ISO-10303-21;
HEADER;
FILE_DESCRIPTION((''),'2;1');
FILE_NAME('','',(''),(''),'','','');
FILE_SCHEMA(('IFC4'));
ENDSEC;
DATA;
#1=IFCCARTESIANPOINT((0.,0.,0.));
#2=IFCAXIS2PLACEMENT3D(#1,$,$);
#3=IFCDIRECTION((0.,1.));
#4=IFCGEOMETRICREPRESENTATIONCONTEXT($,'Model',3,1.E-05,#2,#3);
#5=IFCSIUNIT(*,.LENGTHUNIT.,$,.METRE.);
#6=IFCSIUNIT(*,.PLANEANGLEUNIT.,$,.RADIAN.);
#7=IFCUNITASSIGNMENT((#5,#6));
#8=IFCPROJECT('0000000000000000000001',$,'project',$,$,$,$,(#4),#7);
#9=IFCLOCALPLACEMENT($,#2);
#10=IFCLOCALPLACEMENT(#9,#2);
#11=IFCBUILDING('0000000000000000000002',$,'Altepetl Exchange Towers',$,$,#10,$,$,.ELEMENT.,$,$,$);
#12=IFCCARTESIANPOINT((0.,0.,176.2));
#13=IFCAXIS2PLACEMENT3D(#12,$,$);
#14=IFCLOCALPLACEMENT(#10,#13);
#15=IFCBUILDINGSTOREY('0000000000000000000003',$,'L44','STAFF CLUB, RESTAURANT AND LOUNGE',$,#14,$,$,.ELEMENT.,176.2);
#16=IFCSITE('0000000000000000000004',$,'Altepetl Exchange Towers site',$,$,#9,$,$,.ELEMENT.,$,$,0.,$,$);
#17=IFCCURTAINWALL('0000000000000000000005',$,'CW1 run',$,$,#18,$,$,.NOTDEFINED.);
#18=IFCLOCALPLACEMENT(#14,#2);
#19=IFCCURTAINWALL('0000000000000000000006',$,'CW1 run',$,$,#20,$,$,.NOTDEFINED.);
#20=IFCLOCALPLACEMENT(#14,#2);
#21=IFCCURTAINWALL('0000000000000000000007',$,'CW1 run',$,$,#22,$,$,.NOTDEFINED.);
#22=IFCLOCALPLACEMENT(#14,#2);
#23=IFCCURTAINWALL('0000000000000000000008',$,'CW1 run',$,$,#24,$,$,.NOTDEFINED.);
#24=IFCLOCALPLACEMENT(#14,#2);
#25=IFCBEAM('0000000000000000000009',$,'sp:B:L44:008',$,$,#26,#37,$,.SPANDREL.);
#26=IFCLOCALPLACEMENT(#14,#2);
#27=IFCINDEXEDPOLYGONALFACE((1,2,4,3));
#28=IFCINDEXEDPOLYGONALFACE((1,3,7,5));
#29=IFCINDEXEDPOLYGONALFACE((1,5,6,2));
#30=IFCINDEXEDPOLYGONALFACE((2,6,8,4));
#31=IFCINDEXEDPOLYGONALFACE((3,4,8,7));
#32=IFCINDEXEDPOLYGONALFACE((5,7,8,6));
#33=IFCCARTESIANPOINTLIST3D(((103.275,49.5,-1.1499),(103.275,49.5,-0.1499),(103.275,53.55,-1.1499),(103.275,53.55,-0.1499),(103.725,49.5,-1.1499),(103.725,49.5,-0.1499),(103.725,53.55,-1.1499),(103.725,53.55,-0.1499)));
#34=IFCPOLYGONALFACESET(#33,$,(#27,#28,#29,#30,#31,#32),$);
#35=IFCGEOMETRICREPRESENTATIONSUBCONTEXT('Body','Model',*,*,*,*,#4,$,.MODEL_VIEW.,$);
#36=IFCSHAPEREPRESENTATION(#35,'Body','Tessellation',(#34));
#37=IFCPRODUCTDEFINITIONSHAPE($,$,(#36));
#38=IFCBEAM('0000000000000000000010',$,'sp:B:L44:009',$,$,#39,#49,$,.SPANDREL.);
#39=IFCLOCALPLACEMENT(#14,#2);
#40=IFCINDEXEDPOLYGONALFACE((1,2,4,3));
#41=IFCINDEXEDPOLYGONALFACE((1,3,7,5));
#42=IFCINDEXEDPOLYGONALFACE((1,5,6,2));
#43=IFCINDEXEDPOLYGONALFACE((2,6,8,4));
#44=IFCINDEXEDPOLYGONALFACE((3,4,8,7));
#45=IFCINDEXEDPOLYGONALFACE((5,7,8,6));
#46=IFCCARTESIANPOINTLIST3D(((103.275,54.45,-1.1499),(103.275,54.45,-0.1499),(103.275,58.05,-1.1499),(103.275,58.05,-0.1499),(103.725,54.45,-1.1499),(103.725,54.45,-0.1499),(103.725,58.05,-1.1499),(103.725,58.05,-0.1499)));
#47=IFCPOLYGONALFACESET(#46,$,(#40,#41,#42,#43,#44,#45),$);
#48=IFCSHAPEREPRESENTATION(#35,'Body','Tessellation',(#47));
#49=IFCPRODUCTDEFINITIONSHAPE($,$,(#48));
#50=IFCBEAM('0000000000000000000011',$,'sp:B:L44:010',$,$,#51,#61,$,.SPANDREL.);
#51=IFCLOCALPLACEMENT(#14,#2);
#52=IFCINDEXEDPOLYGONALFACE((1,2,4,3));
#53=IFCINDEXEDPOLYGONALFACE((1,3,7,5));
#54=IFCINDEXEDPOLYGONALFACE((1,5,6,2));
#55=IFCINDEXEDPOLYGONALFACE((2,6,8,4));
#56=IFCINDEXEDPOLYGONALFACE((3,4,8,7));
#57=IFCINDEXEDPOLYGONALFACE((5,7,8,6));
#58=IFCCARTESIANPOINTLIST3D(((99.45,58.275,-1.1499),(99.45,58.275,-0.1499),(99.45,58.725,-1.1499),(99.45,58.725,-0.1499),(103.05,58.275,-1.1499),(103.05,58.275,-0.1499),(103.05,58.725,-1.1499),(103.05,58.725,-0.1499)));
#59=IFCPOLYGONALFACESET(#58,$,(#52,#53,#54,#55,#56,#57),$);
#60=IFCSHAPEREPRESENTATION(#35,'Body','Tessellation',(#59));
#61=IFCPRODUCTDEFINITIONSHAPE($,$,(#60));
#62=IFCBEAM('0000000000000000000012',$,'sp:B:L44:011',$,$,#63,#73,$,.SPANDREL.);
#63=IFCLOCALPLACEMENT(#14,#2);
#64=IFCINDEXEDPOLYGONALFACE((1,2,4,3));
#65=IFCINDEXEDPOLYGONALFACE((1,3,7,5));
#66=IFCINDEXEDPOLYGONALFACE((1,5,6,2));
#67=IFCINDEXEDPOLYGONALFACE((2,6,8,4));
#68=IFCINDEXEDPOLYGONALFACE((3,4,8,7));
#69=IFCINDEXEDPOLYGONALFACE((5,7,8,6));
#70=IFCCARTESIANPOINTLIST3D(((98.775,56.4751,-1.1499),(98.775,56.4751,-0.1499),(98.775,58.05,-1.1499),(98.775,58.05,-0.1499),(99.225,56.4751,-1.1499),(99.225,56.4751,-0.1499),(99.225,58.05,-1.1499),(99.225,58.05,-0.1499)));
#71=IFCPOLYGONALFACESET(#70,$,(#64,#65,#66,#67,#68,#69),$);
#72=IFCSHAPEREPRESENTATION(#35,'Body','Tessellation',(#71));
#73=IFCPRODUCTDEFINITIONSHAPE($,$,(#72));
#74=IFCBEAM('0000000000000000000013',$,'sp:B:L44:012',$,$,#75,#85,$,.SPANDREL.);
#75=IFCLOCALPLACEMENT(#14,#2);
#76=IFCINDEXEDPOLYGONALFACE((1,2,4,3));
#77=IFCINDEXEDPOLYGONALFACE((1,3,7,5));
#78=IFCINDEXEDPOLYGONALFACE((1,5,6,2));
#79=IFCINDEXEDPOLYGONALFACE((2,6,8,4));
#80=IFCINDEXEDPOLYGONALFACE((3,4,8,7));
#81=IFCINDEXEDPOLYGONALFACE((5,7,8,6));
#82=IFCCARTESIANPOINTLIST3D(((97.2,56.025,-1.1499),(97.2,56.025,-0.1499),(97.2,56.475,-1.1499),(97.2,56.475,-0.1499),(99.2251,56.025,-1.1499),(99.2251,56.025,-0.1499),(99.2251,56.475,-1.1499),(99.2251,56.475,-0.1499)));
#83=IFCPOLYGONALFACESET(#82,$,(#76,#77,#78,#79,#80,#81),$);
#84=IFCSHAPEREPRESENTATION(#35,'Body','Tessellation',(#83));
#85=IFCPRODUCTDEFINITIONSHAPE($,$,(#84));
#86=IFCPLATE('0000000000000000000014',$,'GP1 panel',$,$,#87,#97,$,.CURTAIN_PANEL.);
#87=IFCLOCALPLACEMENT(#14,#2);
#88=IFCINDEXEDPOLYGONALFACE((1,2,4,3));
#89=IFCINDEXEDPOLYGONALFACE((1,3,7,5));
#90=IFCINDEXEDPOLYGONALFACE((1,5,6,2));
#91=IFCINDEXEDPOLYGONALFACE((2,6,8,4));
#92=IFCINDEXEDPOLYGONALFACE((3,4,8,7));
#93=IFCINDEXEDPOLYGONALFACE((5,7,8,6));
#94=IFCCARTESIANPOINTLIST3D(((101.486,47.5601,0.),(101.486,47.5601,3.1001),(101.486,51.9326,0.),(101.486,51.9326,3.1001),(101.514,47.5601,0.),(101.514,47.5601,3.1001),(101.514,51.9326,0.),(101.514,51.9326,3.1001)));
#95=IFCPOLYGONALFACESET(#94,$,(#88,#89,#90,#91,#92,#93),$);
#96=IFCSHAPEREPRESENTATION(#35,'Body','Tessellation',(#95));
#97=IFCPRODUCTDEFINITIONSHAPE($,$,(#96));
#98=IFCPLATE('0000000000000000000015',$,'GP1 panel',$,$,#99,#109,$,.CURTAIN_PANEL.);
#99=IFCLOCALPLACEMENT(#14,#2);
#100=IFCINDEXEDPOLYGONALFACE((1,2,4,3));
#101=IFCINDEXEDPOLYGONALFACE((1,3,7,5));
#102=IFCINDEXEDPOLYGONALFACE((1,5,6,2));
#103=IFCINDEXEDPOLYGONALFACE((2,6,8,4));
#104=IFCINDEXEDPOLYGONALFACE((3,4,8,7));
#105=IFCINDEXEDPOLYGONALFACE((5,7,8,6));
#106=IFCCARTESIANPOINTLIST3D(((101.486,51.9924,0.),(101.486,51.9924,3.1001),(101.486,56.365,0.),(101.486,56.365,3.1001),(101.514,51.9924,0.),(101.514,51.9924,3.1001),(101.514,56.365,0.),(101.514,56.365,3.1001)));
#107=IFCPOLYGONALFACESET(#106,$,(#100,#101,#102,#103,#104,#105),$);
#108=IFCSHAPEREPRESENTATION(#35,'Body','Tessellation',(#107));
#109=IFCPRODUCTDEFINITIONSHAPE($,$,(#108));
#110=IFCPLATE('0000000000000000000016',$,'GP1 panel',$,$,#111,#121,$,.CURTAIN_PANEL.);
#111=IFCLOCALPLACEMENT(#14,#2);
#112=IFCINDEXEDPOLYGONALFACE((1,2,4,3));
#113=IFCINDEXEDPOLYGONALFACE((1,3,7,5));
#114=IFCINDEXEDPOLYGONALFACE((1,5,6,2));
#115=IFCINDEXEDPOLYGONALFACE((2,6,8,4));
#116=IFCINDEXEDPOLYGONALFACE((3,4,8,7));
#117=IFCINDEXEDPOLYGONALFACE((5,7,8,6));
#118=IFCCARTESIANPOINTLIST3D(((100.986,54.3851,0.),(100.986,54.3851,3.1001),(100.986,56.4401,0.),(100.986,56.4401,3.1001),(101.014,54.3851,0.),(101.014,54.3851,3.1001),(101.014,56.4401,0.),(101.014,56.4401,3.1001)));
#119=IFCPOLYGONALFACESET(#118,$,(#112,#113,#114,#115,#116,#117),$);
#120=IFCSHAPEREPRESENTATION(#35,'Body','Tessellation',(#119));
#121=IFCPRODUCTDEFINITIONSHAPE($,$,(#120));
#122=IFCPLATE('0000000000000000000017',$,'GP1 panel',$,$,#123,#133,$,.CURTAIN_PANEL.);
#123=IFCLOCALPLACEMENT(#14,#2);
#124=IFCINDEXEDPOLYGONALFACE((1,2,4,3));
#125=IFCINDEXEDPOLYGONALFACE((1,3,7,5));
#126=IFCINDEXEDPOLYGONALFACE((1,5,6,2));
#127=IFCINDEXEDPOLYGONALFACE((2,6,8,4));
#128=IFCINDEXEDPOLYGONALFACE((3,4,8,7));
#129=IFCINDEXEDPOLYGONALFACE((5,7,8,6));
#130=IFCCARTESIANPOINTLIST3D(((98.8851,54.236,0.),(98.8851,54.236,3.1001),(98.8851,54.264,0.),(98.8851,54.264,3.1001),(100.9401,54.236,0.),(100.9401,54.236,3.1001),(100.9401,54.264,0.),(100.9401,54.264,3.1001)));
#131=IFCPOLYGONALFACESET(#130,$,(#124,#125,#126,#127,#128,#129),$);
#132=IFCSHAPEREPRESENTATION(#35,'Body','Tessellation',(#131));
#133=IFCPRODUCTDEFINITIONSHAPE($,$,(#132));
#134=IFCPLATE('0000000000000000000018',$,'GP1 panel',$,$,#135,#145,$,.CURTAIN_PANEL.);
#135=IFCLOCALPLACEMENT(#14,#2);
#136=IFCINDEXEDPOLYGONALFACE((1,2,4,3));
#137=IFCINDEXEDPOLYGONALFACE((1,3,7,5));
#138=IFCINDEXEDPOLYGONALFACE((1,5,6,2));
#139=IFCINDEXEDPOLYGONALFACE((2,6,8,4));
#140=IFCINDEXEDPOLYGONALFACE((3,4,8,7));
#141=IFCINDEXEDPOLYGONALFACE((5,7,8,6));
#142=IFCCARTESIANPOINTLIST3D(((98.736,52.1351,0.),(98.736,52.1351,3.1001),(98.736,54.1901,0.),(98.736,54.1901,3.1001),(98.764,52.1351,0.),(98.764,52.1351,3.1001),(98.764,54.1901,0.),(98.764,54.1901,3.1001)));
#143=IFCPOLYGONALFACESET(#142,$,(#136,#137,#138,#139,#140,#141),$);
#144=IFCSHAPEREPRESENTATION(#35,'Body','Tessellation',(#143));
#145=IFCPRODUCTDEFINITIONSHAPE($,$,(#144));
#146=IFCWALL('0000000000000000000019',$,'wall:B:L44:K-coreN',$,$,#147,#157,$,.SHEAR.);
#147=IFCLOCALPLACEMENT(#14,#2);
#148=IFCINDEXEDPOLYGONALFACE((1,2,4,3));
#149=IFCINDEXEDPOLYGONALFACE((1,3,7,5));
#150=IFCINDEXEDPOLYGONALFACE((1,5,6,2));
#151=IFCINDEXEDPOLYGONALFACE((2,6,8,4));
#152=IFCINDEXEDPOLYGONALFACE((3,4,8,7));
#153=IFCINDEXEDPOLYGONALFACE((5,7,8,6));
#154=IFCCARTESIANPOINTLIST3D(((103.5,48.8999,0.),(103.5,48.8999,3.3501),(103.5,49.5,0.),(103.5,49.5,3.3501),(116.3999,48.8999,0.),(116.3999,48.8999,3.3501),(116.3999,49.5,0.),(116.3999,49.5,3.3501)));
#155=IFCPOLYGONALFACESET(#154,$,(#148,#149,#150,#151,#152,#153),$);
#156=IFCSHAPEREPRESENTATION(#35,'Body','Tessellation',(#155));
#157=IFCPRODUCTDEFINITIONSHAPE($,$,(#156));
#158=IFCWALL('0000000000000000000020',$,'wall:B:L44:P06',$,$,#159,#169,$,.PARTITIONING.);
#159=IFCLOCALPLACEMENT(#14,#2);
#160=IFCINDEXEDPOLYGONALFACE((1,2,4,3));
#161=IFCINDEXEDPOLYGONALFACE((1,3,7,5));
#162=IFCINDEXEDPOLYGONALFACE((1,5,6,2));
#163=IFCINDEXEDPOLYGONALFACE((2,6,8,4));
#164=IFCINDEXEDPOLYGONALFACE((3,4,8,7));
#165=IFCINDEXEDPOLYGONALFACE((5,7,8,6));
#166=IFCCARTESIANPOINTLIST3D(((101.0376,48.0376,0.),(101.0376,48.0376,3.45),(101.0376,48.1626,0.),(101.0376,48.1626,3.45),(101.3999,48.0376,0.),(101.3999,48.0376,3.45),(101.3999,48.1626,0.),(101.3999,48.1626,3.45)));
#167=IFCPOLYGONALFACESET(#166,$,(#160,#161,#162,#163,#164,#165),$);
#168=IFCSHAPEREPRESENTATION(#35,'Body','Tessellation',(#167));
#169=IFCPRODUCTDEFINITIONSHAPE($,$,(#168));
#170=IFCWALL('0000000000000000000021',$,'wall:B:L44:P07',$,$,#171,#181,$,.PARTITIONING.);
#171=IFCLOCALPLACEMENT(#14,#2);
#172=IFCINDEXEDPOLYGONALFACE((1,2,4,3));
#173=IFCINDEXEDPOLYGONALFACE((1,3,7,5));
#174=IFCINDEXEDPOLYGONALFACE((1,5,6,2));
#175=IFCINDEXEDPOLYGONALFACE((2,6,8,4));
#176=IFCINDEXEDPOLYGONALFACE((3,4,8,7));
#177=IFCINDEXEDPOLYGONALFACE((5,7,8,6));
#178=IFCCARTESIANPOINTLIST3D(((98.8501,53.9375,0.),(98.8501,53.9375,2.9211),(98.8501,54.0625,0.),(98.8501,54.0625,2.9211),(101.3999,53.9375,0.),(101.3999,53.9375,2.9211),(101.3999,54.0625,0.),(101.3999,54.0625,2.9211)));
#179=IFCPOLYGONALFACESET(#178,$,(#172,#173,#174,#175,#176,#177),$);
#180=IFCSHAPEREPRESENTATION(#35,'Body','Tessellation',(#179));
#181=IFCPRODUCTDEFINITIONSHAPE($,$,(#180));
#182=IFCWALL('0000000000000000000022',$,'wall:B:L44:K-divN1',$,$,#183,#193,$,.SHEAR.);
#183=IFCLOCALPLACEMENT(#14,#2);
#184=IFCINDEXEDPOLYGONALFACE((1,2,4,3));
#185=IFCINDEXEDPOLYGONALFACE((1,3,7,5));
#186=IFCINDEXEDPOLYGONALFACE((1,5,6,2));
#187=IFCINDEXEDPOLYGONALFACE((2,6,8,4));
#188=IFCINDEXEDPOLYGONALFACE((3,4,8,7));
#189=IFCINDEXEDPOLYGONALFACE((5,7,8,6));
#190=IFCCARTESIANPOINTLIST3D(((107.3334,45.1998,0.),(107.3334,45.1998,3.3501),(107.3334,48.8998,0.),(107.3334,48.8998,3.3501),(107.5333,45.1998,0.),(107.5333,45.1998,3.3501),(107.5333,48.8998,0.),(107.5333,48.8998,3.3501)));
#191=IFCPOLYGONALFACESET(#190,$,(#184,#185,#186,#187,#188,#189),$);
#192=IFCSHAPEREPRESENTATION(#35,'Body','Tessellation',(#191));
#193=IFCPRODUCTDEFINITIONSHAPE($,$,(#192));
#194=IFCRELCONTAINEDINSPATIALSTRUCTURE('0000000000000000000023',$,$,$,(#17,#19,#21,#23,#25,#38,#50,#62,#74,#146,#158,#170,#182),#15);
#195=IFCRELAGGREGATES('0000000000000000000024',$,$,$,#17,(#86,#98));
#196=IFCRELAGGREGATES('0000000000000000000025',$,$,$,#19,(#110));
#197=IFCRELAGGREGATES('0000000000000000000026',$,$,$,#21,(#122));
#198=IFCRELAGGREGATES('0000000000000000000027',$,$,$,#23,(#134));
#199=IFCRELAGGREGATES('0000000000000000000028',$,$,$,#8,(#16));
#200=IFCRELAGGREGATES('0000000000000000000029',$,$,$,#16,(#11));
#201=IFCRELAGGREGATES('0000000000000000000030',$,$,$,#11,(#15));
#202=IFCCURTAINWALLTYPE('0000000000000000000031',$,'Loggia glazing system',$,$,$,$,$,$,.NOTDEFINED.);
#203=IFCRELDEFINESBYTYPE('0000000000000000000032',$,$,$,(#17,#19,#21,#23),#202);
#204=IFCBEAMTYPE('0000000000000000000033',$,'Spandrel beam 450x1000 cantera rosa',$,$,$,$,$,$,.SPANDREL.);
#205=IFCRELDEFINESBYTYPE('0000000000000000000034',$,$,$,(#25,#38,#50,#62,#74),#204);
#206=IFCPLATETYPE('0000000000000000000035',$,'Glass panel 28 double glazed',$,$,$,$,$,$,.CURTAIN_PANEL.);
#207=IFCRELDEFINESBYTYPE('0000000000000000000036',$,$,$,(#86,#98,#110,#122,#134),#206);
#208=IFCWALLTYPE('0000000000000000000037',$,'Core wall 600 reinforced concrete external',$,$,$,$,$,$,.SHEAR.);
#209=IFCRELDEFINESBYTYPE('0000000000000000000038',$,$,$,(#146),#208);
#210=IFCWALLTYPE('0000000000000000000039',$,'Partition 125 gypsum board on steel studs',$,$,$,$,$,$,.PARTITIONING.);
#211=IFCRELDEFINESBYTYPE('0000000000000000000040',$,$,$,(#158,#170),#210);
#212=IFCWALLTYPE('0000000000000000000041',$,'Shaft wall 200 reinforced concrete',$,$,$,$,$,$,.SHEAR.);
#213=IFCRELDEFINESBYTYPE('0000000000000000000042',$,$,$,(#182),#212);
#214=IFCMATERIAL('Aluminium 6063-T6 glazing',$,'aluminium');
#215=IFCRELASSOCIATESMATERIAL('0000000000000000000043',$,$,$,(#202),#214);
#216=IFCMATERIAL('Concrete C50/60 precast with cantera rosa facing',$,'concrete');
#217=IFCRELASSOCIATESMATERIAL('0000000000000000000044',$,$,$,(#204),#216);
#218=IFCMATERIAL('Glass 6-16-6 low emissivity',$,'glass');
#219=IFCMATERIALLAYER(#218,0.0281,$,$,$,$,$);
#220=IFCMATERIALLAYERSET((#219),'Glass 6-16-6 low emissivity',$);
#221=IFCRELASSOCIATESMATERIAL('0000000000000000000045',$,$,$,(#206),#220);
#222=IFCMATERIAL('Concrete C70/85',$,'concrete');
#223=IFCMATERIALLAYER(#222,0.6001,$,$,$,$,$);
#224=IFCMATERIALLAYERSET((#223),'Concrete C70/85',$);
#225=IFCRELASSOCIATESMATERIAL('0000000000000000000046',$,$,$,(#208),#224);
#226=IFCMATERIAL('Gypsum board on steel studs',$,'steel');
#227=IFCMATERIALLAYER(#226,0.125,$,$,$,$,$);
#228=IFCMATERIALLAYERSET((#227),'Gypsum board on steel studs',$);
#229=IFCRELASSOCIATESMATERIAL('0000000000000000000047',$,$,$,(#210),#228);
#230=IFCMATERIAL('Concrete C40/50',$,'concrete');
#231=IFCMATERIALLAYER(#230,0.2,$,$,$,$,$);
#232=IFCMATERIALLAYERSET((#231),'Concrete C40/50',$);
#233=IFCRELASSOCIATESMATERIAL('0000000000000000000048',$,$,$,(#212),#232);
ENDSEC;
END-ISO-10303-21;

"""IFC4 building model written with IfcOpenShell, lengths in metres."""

from ifc_helpers import new_model, si_unit, direction, frame, frame_2d, origin, origin_2d, place, context, subcontext, project, spatial, rectangle, extrude, material, layer, layer_set, material_profile, profile_set, type_object, element, aggregate, save


model = new_model("IFC4")

# Units and contexts
model_context = context("Model", 3, precision=1e-05, world=origin(), true_north=direction((0.0, 1.0)))
body_context = subcontext(model_context, "Body", "Model", "MODEL_VIEW")
ifc_project = project(units=[si_unit("LENGTHUNIT", "METRE"), si_unit("PLANEANGLEUNIT", "RADIAN")], contexts=[model_context])

# Site, building, storey
site_placement = place(None, origin())
site = spatial("IfcSite", under=ifc_project, at=site_placement, Name="Altepetl Exchange Towers site", CompositionType="ELEMENT", RefElevation=0.0)
building_placement = place(site_placement, origin())
building = spatial("IfcBuilding", under=site, at=building_placement, Name="Altepetl Exchange Towers", CompositionType="ELEMENT")
storey_placement = place(building_placement, frame((0.0, 0.0, 176.2)))
storey = spatial("IfcBuildingStorey", under=building, at=storey_placement, Name="L44", Description="STAFF CLUB, RESTAURANT AND LOUNGE", CompositionType="ELEMENT", Elevation=176.2)

# Shared definitions
ifc_material_1 = material(Name="Aluminium 6063-T6 glazing", Category="aluminium")
curtain_wall_type = type_object("IfcCurtainWallType", Name="Loggia glazing system", PredefinedType="NOTDEFINED", material=ifc_material_1)

# Curtain walls
curtain_wall_1_placement = place(storey_placement, origin())
curtain_wall_1 = element("IfcCurtainWall", 1, at=curtain_wall_1_placement, inside=storey, type_object=curtain_wall_type, Name="CW1 run", PredefinedType="NOTDEFINED")
curtain_wall_2_placement = place(storey_placement, origin())
curtain_wall_2 = element("IfcCurtainWall", 2, at=curtain_wall_2_placement, inside=storey, type_object=curtain_wall_type, Name="CW1 run", PredefinedType="NOTDEFINED")
curtain_wall_3_placement = place(storey_placement, origin())
curtain_wall_3 = element("IfcCurtainWall", 3, at=curtain_wall_3_placement, inside=storey, type_object=curtain_wall_type, Name="CW1 run", PredefinedType="NOTDEFINED")

# Curtain wall
curtain_wall_4_placement = place(storey_placement, origin())
curtain_wall_4 = element("IfcCurtainWall", 4, at=curtain_wall_4_placement, inside=storey, type_object=curtain_wall_type, Name="CW1 run", PredefinedType="NOTDEFINED")

# Beams
ifc_material_2 = material(Name="Concrete C50/60 precast with cantera rosa facing", Category="concrete")
ifc_material_profile_1 = material_profile(ifc_material_2, rectangle(XDim=0.45, YDim=1.0, at=origin_2d()), Name="450 x 1000")
ifc_profile_set_1 = profile_set([ifc_material_profile_1], Name="Concrete C50/60 precast with cantera rosa facing")
beam_type = type_object("IfcBeamType", Name="Spandrel beam 450x1000 cantera rosa", PredefinedType="SPANDREL", material=ifc_profile_set_1)
beam_1_placement = place(storey_placement, frame((103.5, 49.5, -0.6499), z_axis=(0.0, 1.0, 0.0), x_axis=(-1.0, 0.0, 0.0)))
element("IfcBeam", 5, at=beam_1_placement, inside=storey, type_object=beam_type, Name="sp:B:L44:008", PredefinedType="SPANDREL", context=body_context, shape_type="SweptSolid", body=[
    extrude(rectangle(XDim=0.45, YDim=1.0, at=origin_2d()), origin(), (0.0, 0.0, 1.0), 4.05),
])
for number, where, z_axis, x_axis, name in (
    (6, (103.5, 54.45, -0.6499), (0.0, 1.0, 0.0), (-1.0, 0.0, 0.0), "sp:B:L44:009"),
    (7, (103.05, 58.5, -0.6499), (-1.0, 0.0, 0.0), (0.0, -1.0, 0.0), "sp:B:L44:010"),
):
    element("IfcBeam", number, at=place(storey_placement, frame(where, z_axis=z_axis, x_axis=x_axis)), inside=storey, type_object=beam_type, Name=name, PredefinedType="SPANDREL", context=body_context, shape_type="SweptSolid", body=[
        extrude(rectangle(XDim=0.45, YDim=1.0, at=origin_2d()), origin(), (0.0, 0.0, 1.0), 3.6001),
    ])
beam_2_placement = place(storey_placement, frame((99.0, 58.05, -0.6499), z_axis=(0.0, -1.0, 0.0), x_axis=(1.0, 0.0, 0.0)))
element("IfcBeam", 8, at=beam_2_placement, inside=storey, type_object=beam_type, Name="sp:B:L44:011", PredefinedType="SPANDREL", context=body_context, shape_type="SweptSolid", body=[
    extrude(rectangle(XDim=0.45, YDim=1.0, at=origin_2d()), origin(), (0.0, 0.0, 1.0), 1.575),
])
beam_3_placement = place(storey_placement, frame((99.2251, 56.25, -0.6499), z_axis=(-1.0, 0.0, 0.0), x_axis=(0.0, -1.0, 0.0)))
element("IfcBeam", 9, at=beam_3_placement, inside=storey, type_object=beam_type, Name="sp:B:L44:012", PredefinedType="SPANDREL", context=body_context, shape_type="SweptSolid", body=[
    extrude(rectangle(XDim=0.45, YDim=1.0, at=origin_2d()), origin(), (0.0, 0.0, 1.0), 2.0251),
])

# Plates
ifc_material_3 = material(Name="Glass 6-16-6 low emissivity", Category="glass")
ifc_layer_1 = layer(ifc_material_3, 0.0281)
ifc_layer_set_1 = layer_set([ifc_layer_1], Name="Glass 6-16-6 low emissivity")
plate_type = type_object("IfcPlateType", Name="Glass panel 28 double glazed", PredefinedType="CURTAIN_PANEL", material=ifc_layer_set_1)
plate_1_placement = place(storey_placement, frame((101.5, 49.7463, 0.0), z_axis=(0.0, 0.0, 1.0), x_axis=(0.0, 1.0, 0.0)))
plate_1 = element("IfcPlate", 10, at=plate_1_placement, type_object=plate_type, Name="GP1 panel", PredefinedType="CURTAIN_PANEL", context=body_context, shape_type="SweptSolid", body=[
    extrude(rectangle(XDim=4.3726, YDim=0.0281, at=origin_2d()), origin(), (0.0, 0.0, 1.0), 3.1001),
])
plate_2_placement = place(storey_placement, frame((101.5, 54.1787, 0.0), z_axis=(0.0, 0.0, 1.0), x_axis=(0.0, 1.0, 0.0)))
plate_2 = element("IfcPlate", 11, at=plate_2_placement, type_object=plate_type, Name="GP1 panel", PredefinedType="CURTAIN_PANEL", context=body_context, shape_type="SweptSolid", body=[
    extrude(rectangle(XDim=4.3726, YDim=0.0281, at=origin_2d()), origin(), (0.0, 0.0, 1.0), 3.1001),
])
aggregate(curtain_wall_1, [plate_1, plate_2])
plate_3_placement = place(storey_placement, frame((101.0, 55.4126, 0.0), z_axis=(0.0, 0.0, 1.0), x_axis=(0.0, -1.0, 0.0)))
plate_3 = element("IfcPlate", 12, at=plate_3_placement, type_object=plate_type, Name="GP1 panel", PredefinedType="CURTAIN_PANEL", context=body_context, shape_type="SweptSolid", body=[
    extrude(rectangle(XDim=2.0549, YDim=0.0281, at=origin_2d()), origin(), (0.0, 0.0, 1.0), 3.1001),
])
aggregate(curtain_wall_2, [plate_3])
plate_4_placement = place(storey_placement, frame((99.9126, 54.25, 0.0), z_axis=(0.0, 0.0, 1.0), x_axis=(-1.0, 0.0, 0.0)))
plate_4 = element("IfcPlate", 13, at=plate_4_placement, type_object=plate_type, Name="GP1 panel", PredefinedType="CURTAIN_PANEL", context=body_context, shape_type="SweptSolid", body=[
    extrude(rectangle(XDim=2.0549, YDim=0.0281, at=origin_2d()), origin(), (0.0, 0.0, 1.0), 3.1001),
])
aggregate(curtain_wall_3, [plate_4])
plate_5_placement = place(storey_placement, frame((98.75, 53.1626, 0.0), z_axis=(0.0, 0.0, 1.0), x_axis=(0.0, -1.0, 0.0)))
plate_5 = element("IfcPlate", 14, at=plate_5_placement, type_object=plate_type, Name="GP1 panel", PredefinedType="CURTAIN_PANEL", context=body_context, shape_type="SweptSolid", body=[
    extrude(rectangle(XDim=2.0549, YDim=0.0281, at=origin_2d()), origin(), (0.0, 0.0, 1.0), 3.1001),
])
aggregate(curtain_wall_4, [plate_5])

# Walls
ifc_material_4 = material(Name="Concrete C70/85", Category="concrete")
ifc_layer_2 = layer(ifc_material_4, 0.6001)
ifc_layer_set_2 = layer_set([ifc_layer_2], Name="Concrete C70/85")
wall_type_1 = type_object("IfcWallType", Name="Core wall 600 reinforced concrete external", PredefinedType="SHEAR", material=ifc_layer_set_2)
wall_1_placement = place(storey_placement, frame((103.5, 49.2, 0.0)))
element("IfcWall", 15, at=wall_1_placement, inside=storey, type_object=wall_type_1, Name="wall:B:L44:K-coreN", PredefinedType="SHEAR", context=body_context, shape_type="SweptSolid", body=[
    extrude(rectangle(XDim=12.8999, YDim=0.6001, at=frame_2d((6.45, 0.0))), origin(), (0.0, 0.0, 1.0), 3.3501),
])
ifc_material_5 = material(Name="Gypsum board on steel studs", Category="steel")
ifc_layer_3 = layer(ifc_material_5, 0.125)
ifc_layer_set_3 = layer_set([ifc_layer_3], Name="Gypsum board on steel studs")
wall_type_2 = type_object("IfcWallType", Name="Partition 125 gypsum board on steel studs", PredefinedType="PARTITIONING", material=ifc_layer_set_3)
wall_2_placement = place(storey_placement, frame((101.0376, 48.1001, 0.0)))
element("IfcWall", 16, at=wall_2_placement, inside=storey, type_object=wall_type_2, Name="wall:B:L44:P06", PredefinedType="PARTITIONING", context=body_context, shape_type="SweptSolid", body=[
    extrude(rectangle(XDim=0.3623, YDim=0.125, at=frame_2d((0.1812, 0.0))), origin(), (0.0, 0.0, 1.0), 3.45),
])
wall_3_placement = place(storey_placement, frame((98.8501, 54.0, 0.0)))
element("IfcWall", 17, at=wall_3_placement, inside=storey, type_object=wall_type_2, Name="wall:B:L44:P07", PredefinedType="PARTITIONING", context=body_context, shape_type="SweptSolid", body=[
    extrude(rectangle(XDim=2.5498, YDim=0.125, at=frame_2d((1.2749, 0.0))), origin(), (0.0, 0.0, 1.0), 2.9211),
])
ifc_material_6 = material(Name="Concrete C40/50", Category="concrete")
ifc_layer_4 = layer(ifc_material_6, 0.2)
ifc_layer_set_4 = layer_set([ifc_layer_4], Name="Concrete C40/50")
wall_type_3 = type_object("IfcWallType", Name="Shaft wall 200 reinforced concrete", PredefinedType="SHEAR", material=ifc_layer_set_4)
wall_4_placement = place(storey_placement, frame((107.4333, 48.8999, 0.0), z_axis=(0.0, 0.0, 1.0), x_axis=(0.0, -1.0, 0.0)))
element("IfcWall", 18, at=wall_4_placement, inside=storey, type_object=wall_type_3, Name="wall:B:L44:K-divN1", PredefinedType="SHEAR", context=body_context, shape_type="SweptSolid", body=[
    extrude(rectangle(XDim=3.7, YDim=0.2, at=frame_2d((1.8501, 0.0))), origin(), (0.0, 0.0, 1.0), 3.3501),
])

save(model, "model.ifc")
